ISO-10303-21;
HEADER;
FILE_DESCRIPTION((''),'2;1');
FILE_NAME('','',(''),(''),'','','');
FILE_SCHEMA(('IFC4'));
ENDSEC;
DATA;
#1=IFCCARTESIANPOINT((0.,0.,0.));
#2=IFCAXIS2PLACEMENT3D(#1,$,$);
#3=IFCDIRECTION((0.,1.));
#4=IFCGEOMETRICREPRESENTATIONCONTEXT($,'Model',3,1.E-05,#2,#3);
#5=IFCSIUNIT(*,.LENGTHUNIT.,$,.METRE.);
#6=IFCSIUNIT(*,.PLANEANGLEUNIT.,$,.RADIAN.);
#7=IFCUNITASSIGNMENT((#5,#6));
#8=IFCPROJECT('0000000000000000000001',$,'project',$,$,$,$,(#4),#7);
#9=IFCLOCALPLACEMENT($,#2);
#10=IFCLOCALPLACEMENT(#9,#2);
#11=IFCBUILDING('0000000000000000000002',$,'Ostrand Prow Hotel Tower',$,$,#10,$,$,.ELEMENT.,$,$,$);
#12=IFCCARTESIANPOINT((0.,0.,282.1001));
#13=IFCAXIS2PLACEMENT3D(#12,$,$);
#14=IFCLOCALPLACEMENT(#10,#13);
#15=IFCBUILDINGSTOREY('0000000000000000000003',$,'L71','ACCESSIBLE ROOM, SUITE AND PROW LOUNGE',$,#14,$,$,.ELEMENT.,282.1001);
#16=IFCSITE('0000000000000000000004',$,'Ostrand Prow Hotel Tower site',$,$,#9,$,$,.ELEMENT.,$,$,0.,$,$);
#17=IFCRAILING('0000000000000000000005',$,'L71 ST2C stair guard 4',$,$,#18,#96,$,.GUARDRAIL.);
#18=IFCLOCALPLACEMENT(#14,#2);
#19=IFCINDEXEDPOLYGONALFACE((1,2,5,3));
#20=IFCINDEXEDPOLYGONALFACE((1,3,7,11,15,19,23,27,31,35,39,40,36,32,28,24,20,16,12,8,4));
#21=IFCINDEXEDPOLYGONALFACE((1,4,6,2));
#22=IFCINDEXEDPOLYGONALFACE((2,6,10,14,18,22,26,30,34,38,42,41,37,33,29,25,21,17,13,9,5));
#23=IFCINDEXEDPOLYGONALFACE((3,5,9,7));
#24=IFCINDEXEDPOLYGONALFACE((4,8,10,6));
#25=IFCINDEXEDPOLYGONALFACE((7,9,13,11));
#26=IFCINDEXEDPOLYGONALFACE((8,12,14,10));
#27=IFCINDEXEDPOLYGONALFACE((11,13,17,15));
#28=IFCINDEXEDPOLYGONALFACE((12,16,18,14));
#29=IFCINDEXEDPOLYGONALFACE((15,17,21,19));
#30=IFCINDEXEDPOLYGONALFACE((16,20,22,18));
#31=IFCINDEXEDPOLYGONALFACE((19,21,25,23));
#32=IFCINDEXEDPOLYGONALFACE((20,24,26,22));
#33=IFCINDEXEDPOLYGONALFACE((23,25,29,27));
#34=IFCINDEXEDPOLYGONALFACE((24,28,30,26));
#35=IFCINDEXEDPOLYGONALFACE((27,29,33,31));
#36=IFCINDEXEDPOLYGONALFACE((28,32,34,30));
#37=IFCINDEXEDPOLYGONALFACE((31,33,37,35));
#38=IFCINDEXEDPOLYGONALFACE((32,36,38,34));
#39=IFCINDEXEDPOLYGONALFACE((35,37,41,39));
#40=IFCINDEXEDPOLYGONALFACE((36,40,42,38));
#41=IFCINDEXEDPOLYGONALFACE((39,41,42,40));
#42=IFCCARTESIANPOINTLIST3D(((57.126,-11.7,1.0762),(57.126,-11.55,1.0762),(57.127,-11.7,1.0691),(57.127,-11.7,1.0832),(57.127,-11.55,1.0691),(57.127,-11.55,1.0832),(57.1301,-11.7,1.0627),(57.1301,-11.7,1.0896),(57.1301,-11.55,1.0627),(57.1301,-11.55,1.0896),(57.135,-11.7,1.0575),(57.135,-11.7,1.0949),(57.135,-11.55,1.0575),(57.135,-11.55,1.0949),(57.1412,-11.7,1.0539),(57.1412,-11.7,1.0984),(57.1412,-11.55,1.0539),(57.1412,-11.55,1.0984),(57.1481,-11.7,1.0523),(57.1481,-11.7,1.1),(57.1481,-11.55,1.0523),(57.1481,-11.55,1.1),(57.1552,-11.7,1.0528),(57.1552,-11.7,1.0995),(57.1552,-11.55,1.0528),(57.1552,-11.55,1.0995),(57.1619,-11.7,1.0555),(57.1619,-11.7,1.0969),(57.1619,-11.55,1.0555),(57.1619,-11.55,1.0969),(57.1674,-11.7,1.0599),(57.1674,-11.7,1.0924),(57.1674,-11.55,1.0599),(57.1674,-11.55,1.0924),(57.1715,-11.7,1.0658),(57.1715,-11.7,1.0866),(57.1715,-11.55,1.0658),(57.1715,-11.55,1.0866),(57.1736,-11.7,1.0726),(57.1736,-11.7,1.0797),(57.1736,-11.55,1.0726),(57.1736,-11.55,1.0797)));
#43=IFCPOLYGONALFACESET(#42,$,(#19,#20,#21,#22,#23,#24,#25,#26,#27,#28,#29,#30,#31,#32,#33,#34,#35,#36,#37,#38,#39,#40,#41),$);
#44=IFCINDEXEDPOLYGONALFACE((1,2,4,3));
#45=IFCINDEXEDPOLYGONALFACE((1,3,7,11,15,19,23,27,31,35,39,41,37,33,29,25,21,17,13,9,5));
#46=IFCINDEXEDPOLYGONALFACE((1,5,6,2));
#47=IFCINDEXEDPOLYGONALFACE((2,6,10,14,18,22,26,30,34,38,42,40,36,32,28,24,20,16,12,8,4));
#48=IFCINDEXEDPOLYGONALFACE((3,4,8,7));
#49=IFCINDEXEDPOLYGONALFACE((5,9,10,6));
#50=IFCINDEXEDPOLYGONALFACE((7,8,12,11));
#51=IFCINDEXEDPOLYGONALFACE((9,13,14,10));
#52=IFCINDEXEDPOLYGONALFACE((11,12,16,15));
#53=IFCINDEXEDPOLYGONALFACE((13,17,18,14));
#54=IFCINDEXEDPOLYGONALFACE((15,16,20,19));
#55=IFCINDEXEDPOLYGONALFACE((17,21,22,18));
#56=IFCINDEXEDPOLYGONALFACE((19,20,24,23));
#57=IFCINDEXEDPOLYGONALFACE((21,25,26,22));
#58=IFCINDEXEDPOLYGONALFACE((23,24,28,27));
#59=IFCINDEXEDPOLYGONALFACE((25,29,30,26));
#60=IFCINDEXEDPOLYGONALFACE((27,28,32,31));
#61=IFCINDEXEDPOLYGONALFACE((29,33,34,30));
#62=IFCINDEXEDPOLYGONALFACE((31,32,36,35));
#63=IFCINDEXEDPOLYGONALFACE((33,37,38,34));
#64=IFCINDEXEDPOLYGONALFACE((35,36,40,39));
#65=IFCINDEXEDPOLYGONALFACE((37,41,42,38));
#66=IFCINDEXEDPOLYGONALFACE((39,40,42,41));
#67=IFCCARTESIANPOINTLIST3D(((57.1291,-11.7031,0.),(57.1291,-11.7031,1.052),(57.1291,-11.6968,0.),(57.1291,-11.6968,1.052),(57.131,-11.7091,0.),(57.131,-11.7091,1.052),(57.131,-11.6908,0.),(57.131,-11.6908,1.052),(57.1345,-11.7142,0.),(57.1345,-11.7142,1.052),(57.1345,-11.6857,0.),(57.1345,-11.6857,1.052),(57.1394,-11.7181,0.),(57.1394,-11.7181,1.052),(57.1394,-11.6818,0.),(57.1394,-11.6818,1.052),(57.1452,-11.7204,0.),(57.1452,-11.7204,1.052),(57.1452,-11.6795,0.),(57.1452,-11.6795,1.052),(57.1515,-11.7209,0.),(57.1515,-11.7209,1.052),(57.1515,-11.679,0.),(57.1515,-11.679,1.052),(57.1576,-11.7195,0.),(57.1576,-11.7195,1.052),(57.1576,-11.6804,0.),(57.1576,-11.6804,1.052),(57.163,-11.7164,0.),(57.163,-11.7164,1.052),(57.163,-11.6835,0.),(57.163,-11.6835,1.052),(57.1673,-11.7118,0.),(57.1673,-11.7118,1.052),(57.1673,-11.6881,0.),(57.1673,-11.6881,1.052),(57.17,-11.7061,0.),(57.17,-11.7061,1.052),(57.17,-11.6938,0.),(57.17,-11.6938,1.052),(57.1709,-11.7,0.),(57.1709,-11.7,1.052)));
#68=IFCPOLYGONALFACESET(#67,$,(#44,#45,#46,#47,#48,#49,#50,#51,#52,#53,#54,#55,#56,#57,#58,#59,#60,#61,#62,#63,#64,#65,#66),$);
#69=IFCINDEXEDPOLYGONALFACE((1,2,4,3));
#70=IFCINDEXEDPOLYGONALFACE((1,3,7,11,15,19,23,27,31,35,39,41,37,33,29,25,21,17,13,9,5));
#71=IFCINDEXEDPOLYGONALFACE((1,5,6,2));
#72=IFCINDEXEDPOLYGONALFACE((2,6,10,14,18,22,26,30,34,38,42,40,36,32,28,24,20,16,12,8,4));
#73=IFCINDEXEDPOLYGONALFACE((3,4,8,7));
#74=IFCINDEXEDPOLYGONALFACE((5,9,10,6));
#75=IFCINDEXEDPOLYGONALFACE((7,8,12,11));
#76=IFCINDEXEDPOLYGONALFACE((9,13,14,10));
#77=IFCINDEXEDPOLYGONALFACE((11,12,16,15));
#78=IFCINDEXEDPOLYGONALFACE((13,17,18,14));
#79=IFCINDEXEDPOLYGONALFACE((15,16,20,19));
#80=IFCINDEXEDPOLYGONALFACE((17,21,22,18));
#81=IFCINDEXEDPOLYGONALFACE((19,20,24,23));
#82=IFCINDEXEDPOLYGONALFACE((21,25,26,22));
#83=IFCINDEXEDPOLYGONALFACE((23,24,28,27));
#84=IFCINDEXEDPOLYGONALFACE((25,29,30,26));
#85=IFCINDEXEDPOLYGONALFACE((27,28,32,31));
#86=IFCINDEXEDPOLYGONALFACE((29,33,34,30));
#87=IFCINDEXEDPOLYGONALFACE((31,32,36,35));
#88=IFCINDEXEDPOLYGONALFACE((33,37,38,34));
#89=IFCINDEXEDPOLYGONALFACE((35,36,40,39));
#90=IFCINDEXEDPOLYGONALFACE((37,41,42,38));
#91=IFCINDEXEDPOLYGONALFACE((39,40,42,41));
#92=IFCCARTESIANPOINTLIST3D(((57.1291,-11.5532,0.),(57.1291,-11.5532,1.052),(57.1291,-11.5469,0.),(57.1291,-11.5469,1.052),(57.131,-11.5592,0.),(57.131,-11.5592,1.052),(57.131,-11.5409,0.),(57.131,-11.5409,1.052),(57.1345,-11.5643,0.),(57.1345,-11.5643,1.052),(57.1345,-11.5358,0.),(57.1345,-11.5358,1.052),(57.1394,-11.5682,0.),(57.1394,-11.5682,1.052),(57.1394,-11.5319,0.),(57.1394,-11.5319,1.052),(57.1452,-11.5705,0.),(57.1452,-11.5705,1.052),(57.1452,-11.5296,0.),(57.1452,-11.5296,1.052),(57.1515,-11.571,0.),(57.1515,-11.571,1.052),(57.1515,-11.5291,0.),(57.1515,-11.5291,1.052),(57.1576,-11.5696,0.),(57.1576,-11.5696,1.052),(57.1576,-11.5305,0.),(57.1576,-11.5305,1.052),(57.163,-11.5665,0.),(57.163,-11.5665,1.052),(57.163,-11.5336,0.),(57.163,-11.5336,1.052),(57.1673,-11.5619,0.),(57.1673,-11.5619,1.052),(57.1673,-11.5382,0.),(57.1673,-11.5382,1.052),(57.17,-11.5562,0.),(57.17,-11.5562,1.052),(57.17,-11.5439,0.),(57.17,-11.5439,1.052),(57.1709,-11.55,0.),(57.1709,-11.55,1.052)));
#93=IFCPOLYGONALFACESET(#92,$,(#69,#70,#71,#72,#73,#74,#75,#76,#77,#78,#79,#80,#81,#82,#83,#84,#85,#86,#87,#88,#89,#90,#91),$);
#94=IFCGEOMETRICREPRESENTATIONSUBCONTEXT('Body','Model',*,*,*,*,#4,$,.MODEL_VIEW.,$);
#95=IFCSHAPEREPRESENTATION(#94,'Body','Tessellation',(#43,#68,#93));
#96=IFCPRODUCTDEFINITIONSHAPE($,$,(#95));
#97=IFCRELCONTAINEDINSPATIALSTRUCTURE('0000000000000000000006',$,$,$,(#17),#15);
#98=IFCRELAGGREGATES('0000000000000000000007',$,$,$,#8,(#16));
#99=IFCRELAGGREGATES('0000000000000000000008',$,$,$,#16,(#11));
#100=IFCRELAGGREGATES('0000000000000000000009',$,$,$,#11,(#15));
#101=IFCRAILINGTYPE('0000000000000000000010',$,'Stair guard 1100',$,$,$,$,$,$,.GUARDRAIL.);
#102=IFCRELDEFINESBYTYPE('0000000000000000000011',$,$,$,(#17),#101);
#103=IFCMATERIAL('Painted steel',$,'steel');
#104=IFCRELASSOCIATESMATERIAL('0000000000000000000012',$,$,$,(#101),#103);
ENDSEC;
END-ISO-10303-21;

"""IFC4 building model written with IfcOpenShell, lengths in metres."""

from ifc_helpers import new_model, si_unit, direction, frame, origin, origin_2d, place, context, subcontext, project, spatial, circle, extrude, material, type_object, element, save


model = new_model("IFC4")

# Units and contexts
model_context = context("Model", 3, precision=1e-05, world=origin(), true_north=direction((0.0, 1.0)))
body_context = subcontext(model_context, "Body", "Model", "MODEL_VIEW")
ifc_project = project(units=[si_unit("LENGTHUNIT", "METRE"), si_unit("PLANEANGLEUNIT", "RADIAN")], contexts=[model_context])

# Site, building, storey
site_placement = place(None, origin())
site = spatial("IfcSite", under=ifc_project, at=site_placement, Name="Ostrand Prow Hotel Tower site", CompositionType="ELEMENT", RefElevation=0.0)
building_placement = place(site_placement, origin())
building = spatial("IfcBuilding", under=site, at=building_placement, Name="Ostrand Prow Hotel Tower", CompositionType="ELEMENT")
storey_placement = place(building_placement, frame((0.0, 0.0, 282.1001)))
storey = spatial("IfcBuildingStorey", under=building, at=storey_placement, Name="L71", Description="ACCESSIBLE ROOM, SUITE AND PROW LOUNGE", CompositionType="ELEMENT", Elevation=282.1001)

# Railing
ifc_material_1 = material(Name="Painted steel", Category="steel")
railing_type_1 = type_object("IfcRailingType", Name="Stair guard 1100", PredefinedType="GUARDRAIL", material=ifc_material_1)
railing_1_placement = place(storey_placement, frame((57.1499, -11.7, 0.0)))
element("IfcRailing", 1, at=railing_1_placement, inside=storey, type_object=railing_type_1, Name="L71 ST2C stair guard 4", PredefinedType="GUARDRAIL", context=body_context, shape_type="SweptSolid", body=[
    extrude(circle(Radius=0.0239, at=origin_2d()), frame((0.0, 0.0, 1.0762), z_axis=(0.0, 1.0, 0.0), x_axis=(-1.0, 0.0, 0.0)), (0.0, 0.0, 1.0), 0.1499),
    extrude(circle(Radius=0.021, at=origin_2d()), origin(), (0.0, 0.0, 1.0), 1.052),
    extrude(circle(Radius=0.021, at=origin_2d()), frame((0.0, 0.1499, 0.0)), (0.0, 0.0, 1.0), 1.052),
])

save(model, "model.ifc")
